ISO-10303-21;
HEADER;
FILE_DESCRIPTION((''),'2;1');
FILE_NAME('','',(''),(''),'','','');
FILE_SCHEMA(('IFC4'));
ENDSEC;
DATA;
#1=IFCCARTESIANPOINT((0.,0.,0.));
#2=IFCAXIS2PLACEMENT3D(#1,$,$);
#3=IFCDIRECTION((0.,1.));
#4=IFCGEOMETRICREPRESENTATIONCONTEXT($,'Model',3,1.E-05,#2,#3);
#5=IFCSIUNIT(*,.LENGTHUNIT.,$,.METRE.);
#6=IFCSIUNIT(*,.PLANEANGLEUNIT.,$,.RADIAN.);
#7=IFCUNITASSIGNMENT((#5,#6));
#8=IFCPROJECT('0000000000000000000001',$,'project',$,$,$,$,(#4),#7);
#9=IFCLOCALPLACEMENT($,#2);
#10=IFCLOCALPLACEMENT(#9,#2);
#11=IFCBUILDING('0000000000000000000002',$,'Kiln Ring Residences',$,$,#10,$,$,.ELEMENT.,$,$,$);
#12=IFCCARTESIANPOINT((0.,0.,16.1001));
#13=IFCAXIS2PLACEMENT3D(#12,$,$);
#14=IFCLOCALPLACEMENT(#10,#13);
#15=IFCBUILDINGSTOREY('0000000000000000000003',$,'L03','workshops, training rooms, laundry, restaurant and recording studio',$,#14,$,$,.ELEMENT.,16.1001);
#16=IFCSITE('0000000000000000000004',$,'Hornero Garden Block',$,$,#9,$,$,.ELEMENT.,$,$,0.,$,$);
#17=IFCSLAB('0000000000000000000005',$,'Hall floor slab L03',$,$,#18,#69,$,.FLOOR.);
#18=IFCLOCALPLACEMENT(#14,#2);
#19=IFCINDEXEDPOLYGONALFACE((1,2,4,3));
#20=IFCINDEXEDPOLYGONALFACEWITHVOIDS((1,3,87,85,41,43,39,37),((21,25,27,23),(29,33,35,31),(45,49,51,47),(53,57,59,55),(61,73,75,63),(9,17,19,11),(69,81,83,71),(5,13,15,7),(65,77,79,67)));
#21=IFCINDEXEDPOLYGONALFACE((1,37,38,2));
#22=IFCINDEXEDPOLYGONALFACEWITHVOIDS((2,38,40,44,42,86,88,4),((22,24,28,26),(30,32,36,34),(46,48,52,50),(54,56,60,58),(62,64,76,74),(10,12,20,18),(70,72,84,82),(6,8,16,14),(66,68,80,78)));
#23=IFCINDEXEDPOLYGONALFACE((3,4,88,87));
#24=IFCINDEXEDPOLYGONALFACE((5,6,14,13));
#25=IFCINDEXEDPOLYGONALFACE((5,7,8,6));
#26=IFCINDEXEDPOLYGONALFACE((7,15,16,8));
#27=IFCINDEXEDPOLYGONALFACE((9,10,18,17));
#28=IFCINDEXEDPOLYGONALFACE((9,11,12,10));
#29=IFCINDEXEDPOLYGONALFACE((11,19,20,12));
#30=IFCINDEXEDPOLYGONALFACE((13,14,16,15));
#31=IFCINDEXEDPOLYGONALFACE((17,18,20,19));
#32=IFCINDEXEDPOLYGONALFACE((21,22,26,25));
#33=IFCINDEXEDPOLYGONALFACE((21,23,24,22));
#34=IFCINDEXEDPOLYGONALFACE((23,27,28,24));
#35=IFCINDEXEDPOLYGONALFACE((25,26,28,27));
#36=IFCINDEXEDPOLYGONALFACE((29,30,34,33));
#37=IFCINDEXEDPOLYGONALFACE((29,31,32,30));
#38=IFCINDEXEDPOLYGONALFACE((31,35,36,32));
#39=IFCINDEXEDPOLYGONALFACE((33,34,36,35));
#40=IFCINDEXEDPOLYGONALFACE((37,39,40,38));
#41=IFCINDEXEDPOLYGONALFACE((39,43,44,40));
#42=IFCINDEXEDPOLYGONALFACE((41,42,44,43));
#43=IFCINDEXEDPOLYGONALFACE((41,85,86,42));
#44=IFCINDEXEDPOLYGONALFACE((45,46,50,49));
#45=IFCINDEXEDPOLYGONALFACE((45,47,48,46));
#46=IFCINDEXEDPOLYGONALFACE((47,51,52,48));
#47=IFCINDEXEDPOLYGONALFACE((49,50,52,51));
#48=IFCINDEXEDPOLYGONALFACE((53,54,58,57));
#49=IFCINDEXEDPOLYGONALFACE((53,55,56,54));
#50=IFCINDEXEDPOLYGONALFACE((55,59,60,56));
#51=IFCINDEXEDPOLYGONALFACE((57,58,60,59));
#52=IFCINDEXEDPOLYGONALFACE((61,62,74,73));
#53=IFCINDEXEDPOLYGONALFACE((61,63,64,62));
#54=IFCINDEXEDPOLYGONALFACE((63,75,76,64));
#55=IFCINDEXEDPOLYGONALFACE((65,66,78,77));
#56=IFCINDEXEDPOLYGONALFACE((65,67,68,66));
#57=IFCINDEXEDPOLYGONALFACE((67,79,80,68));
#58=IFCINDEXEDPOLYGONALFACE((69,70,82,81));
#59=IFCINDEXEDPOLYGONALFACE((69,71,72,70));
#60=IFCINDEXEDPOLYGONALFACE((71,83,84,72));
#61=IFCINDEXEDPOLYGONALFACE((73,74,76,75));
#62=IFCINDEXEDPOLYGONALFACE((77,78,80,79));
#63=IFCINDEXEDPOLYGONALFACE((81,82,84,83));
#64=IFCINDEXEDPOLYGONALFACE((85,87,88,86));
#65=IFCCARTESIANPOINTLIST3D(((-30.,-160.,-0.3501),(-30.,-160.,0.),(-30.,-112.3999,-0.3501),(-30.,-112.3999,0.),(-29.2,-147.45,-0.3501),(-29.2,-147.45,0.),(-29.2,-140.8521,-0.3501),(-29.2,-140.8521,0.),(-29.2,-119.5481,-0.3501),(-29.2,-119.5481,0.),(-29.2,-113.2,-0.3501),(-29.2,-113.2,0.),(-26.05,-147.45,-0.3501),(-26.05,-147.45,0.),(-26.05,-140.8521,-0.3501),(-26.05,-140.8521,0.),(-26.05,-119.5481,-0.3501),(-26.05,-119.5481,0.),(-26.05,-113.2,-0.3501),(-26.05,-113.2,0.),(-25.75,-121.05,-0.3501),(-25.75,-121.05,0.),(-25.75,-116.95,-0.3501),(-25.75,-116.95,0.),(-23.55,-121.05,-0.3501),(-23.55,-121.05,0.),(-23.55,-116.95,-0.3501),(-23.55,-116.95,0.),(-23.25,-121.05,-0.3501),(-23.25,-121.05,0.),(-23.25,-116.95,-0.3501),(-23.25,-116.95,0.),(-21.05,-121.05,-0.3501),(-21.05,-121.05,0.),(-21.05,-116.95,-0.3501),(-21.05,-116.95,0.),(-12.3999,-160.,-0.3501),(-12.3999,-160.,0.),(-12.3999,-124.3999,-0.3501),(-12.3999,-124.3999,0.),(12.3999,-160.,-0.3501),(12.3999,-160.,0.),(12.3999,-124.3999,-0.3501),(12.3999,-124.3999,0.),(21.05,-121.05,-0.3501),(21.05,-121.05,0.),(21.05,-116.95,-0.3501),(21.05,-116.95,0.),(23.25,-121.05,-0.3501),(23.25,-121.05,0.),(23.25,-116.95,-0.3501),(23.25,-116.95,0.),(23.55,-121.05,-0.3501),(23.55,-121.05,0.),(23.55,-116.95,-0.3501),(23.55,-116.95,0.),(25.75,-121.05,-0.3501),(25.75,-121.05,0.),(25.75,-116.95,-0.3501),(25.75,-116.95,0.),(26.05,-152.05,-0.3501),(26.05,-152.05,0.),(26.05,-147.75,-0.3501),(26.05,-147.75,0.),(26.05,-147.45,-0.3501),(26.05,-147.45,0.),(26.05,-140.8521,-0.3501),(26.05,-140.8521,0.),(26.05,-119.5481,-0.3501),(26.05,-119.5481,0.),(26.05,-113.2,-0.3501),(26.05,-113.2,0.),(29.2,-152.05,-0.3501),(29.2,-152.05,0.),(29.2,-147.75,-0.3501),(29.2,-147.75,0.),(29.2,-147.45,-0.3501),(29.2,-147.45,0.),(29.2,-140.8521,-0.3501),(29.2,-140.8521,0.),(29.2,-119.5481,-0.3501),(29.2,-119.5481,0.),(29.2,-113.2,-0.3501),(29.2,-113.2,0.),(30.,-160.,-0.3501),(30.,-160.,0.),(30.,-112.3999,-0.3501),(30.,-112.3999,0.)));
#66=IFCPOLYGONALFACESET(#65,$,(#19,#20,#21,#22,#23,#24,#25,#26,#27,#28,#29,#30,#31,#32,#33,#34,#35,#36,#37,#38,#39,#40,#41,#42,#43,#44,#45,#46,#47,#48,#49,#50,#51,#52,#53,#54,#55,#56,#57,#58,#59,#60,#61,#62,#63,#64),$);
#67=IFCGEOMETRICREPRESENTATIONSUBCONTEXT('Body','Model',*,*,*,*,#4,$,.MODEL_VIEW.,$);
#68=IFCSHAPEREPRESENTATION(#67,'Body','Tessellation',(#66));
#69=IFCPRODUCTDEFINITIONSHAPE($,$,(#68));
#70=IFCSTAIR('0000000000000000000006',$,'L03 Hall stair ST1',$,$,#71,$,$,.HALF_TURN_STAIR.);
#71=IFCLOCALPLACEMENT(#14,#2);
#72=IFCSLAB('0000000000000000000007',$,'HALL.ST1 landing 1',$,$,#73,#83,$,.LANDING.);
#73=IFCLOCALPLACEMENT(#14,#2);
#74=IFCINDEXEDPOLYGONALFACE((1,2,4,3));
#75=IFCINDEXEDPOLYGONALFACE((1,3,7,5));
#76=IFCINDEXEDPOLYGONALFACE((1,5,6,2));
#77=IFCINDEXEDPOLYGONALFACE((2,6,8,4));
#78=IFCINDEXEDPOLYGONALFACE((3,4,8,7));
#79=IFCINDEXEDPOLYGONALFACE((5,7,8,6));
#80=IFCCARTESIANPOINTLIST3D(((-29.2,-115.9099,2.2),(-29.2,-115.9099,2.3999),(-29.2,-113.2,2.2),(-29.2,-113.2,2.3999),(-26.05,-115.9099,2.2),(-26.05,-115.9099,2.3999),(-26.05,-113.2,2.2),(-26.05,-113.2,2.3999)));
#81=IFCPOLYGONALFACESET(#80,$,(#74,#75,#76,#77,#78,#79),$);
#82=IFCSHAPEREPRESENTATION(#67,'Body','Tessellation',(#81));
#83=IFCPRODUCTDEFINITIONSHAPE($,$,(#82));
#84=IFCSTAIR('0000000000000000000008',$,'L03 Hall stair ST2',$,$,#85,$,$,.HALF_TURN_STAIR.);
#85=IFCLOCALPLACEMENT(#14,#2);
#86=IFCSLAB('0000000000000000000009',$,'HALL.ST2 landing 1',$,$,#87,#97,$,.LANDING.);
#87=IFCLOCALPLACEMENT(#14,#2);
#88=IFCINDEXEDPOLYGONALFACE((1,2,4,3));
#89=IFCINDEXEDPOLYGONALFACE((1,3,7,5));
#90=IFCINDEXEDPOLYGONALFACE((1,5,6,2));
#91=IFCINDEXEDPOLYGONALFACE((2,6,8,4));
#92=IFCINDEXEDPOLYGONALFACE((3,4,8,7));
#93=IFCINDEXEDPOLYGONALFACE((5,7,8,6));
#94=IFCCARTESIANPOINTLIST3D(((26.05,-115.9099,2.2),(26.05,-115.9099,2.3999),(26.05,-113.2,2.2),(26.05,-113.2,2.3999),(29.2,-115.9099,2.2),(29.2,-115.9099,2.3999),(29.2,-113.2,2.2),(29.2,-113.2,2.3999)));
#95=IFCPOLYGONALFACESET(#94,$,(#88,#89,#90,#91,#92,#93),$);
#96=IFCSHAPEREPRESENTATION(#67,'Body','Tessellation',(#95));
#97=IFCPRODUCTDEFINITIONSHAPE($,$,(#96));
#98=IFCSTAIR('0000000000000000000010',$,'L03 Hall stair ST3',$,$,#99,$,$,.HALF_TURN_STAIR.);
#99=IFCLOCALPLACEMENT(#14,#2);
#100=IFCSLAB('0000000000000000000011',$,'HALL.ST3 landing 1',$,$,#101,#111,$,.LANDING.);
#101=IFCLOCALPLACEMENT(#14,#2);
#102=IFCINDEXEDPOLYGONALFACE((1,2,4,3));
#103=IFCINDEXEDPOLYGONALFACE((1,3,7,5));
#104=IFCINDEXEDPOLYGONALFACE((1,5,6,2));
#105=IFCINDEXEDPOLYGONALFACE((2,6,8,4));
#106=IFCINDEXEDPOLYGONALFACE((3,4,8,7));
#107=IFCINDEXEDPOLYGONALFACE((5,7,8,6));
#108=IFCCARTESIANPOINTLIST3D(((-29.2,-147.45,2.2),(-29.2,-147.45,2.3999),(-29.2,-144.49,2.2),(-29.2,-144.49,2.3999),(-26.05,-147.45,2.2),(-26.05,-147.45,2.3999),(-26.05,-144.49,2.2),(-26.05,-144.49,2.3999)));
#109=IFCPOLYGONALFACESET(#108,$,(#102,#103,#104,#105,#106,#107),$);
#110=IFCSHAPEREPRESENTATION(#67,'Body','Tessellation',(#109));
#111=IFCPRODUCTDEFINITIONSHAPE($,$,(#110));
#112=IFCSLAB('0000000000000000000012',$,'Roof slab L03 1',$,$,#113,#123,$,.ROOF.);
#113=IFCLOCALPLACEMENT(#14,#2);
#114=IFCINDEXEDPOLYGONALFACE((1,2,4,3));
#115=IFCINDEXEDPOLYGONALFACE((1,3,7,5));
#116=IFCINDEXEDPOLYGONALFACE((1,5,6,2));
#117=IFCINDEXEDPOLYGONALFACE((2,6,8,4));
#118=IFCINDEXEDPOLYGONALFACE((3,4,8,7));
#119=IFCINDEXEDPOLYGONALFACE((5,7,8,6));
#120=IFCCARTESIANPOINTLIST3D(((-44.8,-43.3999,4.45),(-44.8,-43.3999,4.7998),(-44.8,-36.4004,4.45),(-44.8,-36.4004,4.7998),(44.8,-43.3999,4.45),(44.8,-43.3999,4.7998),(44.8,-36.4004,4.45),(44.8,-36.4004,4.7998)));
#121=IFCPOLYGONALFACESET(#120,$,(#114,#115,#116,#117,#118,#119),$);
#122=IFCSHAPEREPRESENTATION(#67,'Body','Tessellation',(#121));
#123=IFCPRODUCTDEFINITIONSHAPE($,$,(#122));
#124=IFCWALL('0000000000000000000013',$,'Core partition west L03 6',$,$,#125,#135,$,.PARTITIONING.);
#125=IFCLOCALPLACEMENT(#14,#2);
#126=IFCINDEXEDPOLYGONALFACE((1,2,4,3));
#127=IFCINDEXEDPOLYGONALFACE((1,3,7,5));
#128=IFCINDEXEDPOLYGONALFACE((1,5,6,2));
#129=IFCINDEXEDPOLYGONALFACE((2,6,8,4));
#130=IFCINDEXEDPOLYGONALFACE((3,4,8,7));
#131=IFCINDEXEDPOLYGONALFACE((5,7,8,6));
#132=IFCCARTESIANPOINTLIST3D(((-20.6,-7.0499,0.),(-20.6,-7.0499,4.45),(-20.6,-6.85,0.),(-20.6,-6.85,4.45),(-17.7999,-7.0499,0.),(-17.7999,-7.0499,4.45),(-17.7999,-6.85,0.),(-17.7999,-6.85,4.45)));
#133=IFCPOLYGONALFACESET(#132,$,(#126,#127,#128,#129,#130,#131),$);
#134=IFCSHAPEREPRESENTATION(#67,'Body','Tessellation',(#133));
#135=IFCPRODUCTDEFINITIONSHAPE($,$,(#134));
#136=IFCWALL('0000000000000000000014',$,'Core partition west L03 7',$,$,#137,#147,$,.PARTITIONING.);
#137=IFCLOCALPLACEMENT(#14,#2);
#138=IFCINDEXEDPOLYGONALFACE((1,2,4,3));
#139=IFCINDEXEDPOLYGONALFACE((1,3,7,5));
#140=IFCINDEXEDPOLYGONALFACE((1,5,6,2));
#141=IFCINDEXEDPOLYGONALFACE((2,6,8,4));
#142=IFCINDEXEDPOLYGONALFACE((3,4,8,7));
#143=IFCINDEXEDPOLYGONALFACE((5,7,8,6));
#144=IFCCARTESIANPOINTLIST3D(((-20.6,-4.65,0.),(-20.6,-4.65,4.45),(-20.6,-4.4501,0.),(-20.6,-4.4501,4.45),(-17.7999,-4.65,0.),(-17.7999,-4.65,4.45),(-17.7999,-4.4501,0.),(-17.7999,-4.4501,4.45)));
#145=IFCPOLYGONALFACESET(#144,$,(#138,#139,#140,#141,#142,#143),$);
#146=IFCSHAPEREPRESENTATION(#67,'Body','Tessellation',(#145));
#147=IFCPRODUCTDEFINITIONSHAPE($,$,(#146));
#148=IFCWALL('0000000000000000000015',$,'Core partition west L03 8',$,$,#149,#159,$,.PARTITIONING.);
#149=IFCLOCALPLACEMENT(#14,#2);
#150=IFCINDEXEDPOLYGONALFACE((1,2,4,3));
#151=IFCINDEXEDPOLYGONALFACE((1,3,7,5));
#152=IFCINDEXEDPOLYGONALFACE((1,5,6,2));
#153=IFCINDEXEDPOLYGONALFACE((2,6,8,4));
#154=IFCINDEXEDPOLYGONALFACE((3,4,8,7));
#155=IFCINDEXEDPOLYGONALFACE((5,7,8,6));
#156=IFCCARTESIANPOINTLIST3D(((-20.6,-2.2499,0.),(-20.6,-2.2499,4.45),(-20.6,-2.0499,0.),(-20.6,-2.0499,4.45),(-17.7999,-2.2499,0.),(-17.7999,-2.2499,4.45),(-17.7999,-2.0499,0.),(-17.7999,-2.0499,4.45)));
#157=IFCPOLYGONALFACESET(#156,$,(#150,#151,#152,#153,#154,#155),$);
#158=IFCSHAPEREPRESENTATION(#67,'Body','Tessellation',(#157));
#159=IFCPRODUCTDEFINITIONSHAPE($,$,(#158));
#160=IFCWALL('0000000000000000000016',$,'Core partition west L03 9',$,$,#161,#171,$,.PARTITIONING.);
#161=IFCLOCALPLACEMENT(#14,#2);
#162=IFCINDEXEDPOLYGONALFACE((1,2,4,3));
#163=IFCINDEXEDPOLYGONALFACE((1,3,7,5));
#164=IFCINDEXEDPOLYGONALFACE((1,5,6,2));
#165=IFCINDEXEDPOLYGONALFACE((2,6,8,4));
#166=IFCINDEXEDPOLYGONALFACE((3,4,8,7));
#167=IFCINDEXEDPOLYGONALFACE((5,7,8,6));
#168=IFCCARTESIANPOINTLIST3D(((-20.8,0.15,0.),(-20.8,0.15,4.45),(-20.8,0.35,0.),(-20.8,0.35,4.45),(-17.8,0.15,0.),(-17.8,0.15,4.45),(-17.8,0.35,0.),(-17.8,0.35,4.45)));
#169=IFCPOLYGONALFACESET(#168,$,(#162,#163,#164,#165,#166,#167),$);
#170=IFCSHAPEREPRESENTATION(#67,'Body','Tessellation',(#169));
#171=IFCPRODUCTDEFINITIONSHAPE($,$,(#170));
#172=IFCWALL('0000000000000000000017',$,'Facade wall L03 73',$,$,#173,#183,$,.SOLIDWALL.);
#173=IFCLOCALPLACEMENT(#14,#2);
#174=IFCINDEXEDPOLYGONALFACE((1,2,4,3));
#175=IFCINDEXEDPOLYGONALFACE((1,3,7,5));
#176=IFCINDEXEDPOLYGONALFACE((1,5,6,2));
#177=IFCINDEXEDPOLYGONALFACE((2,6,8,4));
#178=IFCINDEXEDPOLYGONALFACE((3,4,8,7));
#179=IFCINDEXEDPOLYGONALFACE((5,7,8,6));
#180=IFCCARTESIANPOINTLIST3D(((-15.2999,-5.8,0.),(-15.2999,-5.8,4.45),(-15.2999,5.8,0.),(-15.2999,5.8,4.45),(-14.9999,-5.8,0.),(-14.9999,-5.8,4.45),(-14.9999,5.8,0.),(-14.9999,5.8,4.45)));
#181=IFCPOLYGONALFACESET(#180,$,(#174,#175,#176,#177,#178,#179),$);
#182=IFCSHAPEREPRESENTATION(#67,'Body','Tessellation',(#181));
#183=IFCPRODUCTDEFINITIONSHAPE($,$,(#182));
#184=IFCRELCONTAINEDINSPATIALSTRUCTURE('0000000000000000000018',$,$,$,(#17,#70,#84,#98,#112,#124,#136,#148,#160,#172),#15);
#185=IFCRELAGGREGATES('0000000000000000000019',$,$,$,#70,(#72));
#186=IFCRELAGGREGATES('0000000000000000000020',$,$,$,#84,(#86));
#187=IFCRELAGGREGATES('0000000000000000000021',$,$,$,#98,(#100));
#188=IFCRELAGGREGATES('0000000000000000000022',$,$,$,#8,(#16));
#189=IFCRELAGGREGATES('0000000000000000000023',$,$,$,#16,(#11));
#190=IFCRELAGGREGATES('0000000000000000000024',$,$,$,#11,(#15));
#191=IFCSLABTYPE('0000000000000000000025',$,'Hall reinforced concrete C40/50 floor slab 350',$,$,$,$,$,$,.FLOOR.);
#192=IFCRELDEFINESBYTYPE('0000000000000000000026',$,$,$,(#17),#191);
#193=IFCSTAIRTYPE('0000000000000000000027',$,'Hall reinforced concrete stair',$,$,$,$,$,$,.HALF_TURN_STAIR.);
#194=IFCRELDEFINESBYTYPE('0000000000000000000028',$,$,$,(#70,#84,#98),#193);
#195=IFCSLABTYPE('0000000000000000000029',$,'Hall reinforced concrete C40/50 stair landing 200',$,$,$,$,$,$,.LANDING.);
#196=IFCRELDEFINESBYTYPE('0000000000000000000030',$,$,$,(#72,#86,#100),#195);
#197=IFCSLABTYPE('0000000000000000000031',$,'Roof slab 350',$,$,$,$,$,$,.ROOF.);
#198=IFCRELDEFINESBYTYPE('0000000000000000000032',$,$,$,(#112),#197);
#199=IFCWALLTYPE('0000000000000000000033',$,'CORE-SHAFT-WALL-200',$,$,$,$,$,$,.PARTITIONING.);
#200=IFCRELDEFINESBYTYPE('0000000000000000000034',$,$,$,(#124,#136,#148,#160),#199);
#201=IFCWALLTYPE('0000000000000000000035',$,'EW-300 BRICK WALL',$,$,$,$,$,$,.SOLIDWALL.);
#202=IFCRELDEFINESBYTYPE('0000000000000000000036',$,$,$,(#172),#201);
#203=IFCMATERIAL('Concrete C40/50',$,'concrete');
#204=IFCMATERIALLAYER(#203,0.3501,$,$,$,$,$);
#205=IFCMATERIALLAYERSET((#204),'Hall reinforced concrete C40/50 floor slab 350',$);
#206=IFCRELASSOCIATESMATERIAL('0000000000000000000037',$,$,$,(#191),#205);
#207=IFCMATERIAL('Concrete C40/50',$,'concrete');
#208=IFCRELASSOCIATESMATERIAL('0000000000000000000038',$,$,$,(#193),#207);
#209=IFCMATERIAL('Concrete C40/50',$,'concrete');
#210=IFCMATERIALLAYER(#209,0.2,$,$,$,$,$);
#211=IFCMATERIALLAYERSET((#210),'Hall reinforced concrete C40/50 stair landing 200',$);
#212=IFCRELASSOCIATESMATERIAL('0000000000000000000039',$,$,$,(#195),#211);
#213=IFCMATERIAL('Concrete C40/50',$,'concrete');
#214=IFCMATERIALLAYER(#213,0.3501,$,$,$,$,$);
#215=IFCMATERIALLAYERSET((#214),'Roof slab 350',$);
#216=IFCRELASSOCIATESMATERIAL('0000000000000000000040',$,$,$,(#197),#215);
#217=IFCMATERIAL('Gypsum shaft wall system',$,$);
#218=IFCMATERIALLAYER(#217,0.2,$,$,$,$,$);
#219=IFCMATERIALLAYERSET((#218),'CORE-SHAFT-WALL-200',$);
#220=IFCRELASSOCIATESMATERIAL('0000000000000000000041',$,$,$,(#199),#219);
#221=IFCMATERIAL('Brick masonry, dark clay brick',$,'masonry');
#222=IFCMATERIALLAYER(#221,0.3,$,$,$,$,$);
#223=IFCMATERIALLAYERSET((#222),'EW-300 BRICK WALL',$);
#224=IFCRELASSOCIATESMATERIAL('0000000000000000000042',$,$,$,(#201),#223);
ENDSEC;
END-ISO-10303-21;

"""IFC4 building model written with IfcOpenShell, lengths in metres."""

from ifc_helpers import new_model, si_unit, direction, frame, frame_2d, origin, place, context, subcontext, project, spatial, polyline, rectangle, outline, extrude, material, layer, layer_set, type_object, element, aggregate, save


model = new_model("IFC4")

# Units and contexts
model_context = context("Model", 3, precision=1e-05, world=origin(), true_north=direction((0.0, 1.0)))
body_context = subcontext(model_context, "Body", "Model", "MODEL_VIEW")
ifc_project = project(units=[si_unit("LENGTHUNIT", "METRE"), si_unit("PLANEANGLEUNIT", "RADIAN")], contexts=[model_context])

# Site, building, storey
site_placement = place(None, origin())
site = spatial("IfcSite", under=ifc_project, at=site_placement, Name="Hornero Garden Block", CompositionType="ELEMENT", RefElevation=0.0)
building_placement = place(site_placement, origin())
building = spatial("IfcBuilding", under=site, at=building_placement, Name="Kiln Ring Residences", CompositionType="ELEMENT")
storey_placement = place(building_placement, frame((0.0, 0.0, 16.1001)))
storey = spatial("IfcBuildingStorey", under=building, at=storey_placement, Name="L03", Description="workshops, training rooms, laundry, restaurant and recording studio", CompositionType="ELEMENT", Elevation=16.1001)

# Shared definitions
placement_1 = place(storey_placement, origin())
placement_2 = place(storey_placement, frame((0.0, 0.0, 2.2)))

# Slab
placement_3 = place(storey_placement, frame((0.0, 0.0, -0.3501)))
ifc_material_1 = material(Name="Concrete C40/50", Category="concrete")
ifc_layer_1 = layer(ifc_material_1, 0.3501)
ifc_layer_set_1 = layer_set([ifc_layer_1], Name="Hall reinforced concrete C40/50 floor slab 350")
slab_type_1 = type_object("IfcSlabType", Name="Hall reinforced concrete C40/50 floor slab 350", PredefinedType="FLOOR", material=ifc_layer_set_1)
element("IfcSlab", 1, at=placement_3, inside=storey, type_object=slab_type_1, Name="Hall floor slab L03", PredefinedType="FLOOR", context=body_context, shape_type="SweptSolid", body=[
    extrude(outline(polyline([(-30.0, -112.3999), (30.0, -112.3999), (30.0, -160.0), (12.3999, -160.0), (12.3999, -124.3999), (-12.3999, -124.3999), (-12.3999, -160.0), (-30.0, -160.0), (-30.0, -112.3999)]), holes=[polyline([(-23.55, -116.95), (-25.75, -116.95), (-25.75, -121.05), (-23.55, -121.05), (-23.55, -116.95)]), polyline([(-23.25, -121.05), (-21.05, -121.05), (-21.05, -116.95), (-23.25, -116.95), (-23.25, -121.05)]), polyline([(23.25, -116.95), (21.05, -116.95), (21.05, -121.05), (23.25, -121.05), (23.25, -116.95)]), polyline([(25.75, -121.05), (25.75, -116.95), (23.55, -116.95), (23.55, -121.05), (25.75, -121.05)]), polyline([(29.2, -147.75), (26.05, -147.75), (26.05, -152.05), (29.2, -152.05), (29.2, -147.75)]), polyline([(-26.05, -119.5481), (-26.05, -113.2), (-29.2, -113.2), (-29.2, -119.5481), (-26.05, -119.5481)]), polyline([(26.05, -119.5481), (29.2, -119.5481), (29.2, -113.2), (26.05, -113.2), (26.05, -119.5481)]), polyline([(-26.05, -147.45), (-26.05, -140.8521), (-29.2, -140.8521), (-29.2, -147.45), (-26.05, -147.45)]), polyline([(26.05, -147.45), (29.2, -147.45), (29.2, -140.8521), (26.05, -140.8521), (26.05, -147.45)])]), origin(), (0.0, 0.0, 1.0), 0.3501),
])

# Stairs, slabs
ifc_material_2 = material(Name="Concrete C40/50", Category="concrete")
stair_type_1 = type_object("IfcStairType", Name="Hall reinforced concrete stair", PredefinedType="HALF_TURN_STAIR", material=ifc_material_2)
stair_1 = element("IfcStair", 2, at=placement_1, inside=storey, type_object=stair_type_1, Name="L03 Hall stair ST1", PredefinedType="HALF_TURN_STAIR")
ifc_material_3 = material(Name="Concrete C40/50", Category="concrete")
ifc_layer_2 = layer(ifc_material_3, 0.2)
ifc_layer_set_2 = layer_set([ifc_layer_2], Name="Hall reinforced concrete C40/50 stair landing 200")
slab_type_2 = type_object("IfcSlabType", Name="Hall reinforced concrete C40/50 stair landing 200", PredefinedType="LANDING", material=ifc_layer_set_2)
slab_1 = element("IfcSlab", 3, at=placement_2, type_object=slab_type_2, Name="HALL.ST1 landing 1", PredefinedType="LANDING", context=body_context, shape_type="SweptSolid", body=[
    extrude(outline(polyline([(-26.05, -115.9099), (-26.05, -113.2), (-29.2, -113.2), (-29.2, -115.9099), (-26.05, -115.9099)])), origin(), (0.0, 0.0, 1.0), 0.2),
])
aggregate(stair_1, [slab_1])
stair_2 = element("IfcStair", 4, at=placement_1, inside=storey, type_object=stair_type_1, Name="L03 Hall stair ST2", PredefinedType="HALF_TURN_STAIR")
slab_2 = element("IfcSlab", 5, at=placement_2, type_object=slab_type_2, Name="HALL.ST2 landing 1", PredefinedType="LANDING", context=body_context, shape_type="SweptSolid", body=[
    extrude(outline(polyline([(29.2, -115.9099), (29.2, -113.2), (26.05, -113.2), (26.05, -115.9099), (29.2, -115.9099)])), origin(), (0.0, 0.0, 1.0), 0.2),
])
aggregate(stair_2, [slab_2])
stair_3 = element("IfcStair", 6, at=placement_1, inside=storey, type_object=stair_type_1, Name="L03 Hall stair ST3", PredefinedType="HALF_TURN_STAIR")
slab_3 = element("IfcSlab", 7, at=placement_2, type_object=slab_type_2, Name="HALL.ST3 landing 1", PredefinedType="LANDING", context=body_context, shape_type="SweptSolid", body=[
    extrude(outline(polyline([(-29.2, -144.49), (-29.2, -147.45), (-26.05, -147.45), (-26.05, -144.49), (-29.2, -144.49)])), origin(), (0.0, 0.0, 1.0), 0.2),
])
aggregate(stair_3, [slab_3])

# Slab
ifc_material_4 = material(Name="Concrete C40/50", Category="concrete")
ifc_layer_3 = layer(ifc_material_4, 0.3501)
ifc_layer_set_3 = layer_set([ifc_layer_3], Name="Roof slab 350")
slab_type_3 = type_object("IfcSlabType", Name="Roof slab 350", PredefinedType="ROOF", material=ifc_layer_set_3)
slab_4_placement = place(storey_placement, frame((0.0, 0.0, 4.45)))
element("IfcSlab", 8, at=slab_4_placement, inside=storey, type_object=slab_type_3, Name="Roof slab L03 1", PredefinedType="ROOF", context=body_context, shape_type="SweptSolid", body=[
    extrude(outline(polyline([(44.8, -36.4004), (-44.8, -36.4004), (-44.8, -43.3999), (44.8, -43.3999), (44.8, -36.4004)])), origin(), (0.0, 0.0, 1.0), 0.3499),
])

# Walls
ifc_material_5 = material(Name="Gypsum shaft wall system")
ifc_layer_4 = layer(ifc_material_5, 0.2)
ifc_layer_set_4 = layer_set([ifc_layer_4], Name="CORE-SHAFT-WALL-200")
wall_type_1 = type_object("IfcWallType", Name="CORE-SHAFT-WALL-200", PredefinedType="PARTITIONING", material=ifc_layer_set_4)
for number, where, z_axis, x_axis, name in (
    (9, (-17.8, -6.95, 0.0), (0.0, 0.0, 1.0), (-1.0, 0.0, 0.0), "Core partition west L03 6"),
    (10, (-17.8, -4.55, 0.0), (0.0, 0.0, 1.0), (-1.0, 0.0, 0.0), "Core partition west L03 7"),
    (11, (-17.8, -2.1499, 0.0), (0.0, 0.0, 1.0), (-1.0, 0.0, 0.0), "Core partition west L03 8"),
):
    element("IfcWall", number, at=place(storey_placement, frame(where, z_axis=z_axis, x_axis=x_axis)), inside=storey, type_object=wall_type_1, Name=name, PredefinedType="PARTITIONING", context=body_context, shape_type="SweptSolid", body=[
        extrude(rectangle(XDim=2.8, YDim=0.2, at=frame_2d((1.3999, 0.0))), origin(), (0.0, 0.0, 1.0), 4.45),
    ])
wall_1_placement = place(storey_placement, frame((-17.8, 0.25, 0.0), z_axis=(0.0, 0.0, 1.0), x_axis=(-1.0, 0.0, 0.0)))
element("IfcWall", 12, at=wall_1_placement, inside=storey, type_object=wall_type_1, Name="Core partition west L03 9", PredefinedType="PARTITIONING", context=body_context, shape_type="SweptSolid", body=[
    extrude(rectangle(XDim=3.0, YDim=0.2, at=frame_2d((1.5, 0.0))), origin(), (0.0, 0.0, 1.0), 4.45),
])
ifc_material_6 = material(Name="Brick masonry, dark clay brick", Category="masonry")
ifc_layer_5 = layer(ifc_material_6, 0.3)
ifc_layer_set_5 = layer_set([ifc_layer_5], Name="EW-300 BRICK WALL")
wall_type_2 = type_object("IfcWallType", Name="EW-300 BRICK WALL", PredefinedType="SOLIDWALL", material=ifc_layer_set_5)
wall_2_placement = place(storey_placement, frame((-15.1499, -5.8, 0.0), z_axis=(0.0, 0.0, 1.0), x_axis=(0.0, 1.0, 0.0)))
element("IfcWall", 13, at=wall_2_placement, inside=storey, type_object=wall_type_2, Name="Facade wall L03 73", PredefinedType="SOLIDWALL", context=body_context, shape_type="SweptSolid", body=[
    extrude(rectangle(XDim=11.6001, YDim=0.3, at=frame_2d((5.8, 0.0))), origin(), (0.0, 0.0, 1.0), 4.45),
])

save(model, "model.ifc")
